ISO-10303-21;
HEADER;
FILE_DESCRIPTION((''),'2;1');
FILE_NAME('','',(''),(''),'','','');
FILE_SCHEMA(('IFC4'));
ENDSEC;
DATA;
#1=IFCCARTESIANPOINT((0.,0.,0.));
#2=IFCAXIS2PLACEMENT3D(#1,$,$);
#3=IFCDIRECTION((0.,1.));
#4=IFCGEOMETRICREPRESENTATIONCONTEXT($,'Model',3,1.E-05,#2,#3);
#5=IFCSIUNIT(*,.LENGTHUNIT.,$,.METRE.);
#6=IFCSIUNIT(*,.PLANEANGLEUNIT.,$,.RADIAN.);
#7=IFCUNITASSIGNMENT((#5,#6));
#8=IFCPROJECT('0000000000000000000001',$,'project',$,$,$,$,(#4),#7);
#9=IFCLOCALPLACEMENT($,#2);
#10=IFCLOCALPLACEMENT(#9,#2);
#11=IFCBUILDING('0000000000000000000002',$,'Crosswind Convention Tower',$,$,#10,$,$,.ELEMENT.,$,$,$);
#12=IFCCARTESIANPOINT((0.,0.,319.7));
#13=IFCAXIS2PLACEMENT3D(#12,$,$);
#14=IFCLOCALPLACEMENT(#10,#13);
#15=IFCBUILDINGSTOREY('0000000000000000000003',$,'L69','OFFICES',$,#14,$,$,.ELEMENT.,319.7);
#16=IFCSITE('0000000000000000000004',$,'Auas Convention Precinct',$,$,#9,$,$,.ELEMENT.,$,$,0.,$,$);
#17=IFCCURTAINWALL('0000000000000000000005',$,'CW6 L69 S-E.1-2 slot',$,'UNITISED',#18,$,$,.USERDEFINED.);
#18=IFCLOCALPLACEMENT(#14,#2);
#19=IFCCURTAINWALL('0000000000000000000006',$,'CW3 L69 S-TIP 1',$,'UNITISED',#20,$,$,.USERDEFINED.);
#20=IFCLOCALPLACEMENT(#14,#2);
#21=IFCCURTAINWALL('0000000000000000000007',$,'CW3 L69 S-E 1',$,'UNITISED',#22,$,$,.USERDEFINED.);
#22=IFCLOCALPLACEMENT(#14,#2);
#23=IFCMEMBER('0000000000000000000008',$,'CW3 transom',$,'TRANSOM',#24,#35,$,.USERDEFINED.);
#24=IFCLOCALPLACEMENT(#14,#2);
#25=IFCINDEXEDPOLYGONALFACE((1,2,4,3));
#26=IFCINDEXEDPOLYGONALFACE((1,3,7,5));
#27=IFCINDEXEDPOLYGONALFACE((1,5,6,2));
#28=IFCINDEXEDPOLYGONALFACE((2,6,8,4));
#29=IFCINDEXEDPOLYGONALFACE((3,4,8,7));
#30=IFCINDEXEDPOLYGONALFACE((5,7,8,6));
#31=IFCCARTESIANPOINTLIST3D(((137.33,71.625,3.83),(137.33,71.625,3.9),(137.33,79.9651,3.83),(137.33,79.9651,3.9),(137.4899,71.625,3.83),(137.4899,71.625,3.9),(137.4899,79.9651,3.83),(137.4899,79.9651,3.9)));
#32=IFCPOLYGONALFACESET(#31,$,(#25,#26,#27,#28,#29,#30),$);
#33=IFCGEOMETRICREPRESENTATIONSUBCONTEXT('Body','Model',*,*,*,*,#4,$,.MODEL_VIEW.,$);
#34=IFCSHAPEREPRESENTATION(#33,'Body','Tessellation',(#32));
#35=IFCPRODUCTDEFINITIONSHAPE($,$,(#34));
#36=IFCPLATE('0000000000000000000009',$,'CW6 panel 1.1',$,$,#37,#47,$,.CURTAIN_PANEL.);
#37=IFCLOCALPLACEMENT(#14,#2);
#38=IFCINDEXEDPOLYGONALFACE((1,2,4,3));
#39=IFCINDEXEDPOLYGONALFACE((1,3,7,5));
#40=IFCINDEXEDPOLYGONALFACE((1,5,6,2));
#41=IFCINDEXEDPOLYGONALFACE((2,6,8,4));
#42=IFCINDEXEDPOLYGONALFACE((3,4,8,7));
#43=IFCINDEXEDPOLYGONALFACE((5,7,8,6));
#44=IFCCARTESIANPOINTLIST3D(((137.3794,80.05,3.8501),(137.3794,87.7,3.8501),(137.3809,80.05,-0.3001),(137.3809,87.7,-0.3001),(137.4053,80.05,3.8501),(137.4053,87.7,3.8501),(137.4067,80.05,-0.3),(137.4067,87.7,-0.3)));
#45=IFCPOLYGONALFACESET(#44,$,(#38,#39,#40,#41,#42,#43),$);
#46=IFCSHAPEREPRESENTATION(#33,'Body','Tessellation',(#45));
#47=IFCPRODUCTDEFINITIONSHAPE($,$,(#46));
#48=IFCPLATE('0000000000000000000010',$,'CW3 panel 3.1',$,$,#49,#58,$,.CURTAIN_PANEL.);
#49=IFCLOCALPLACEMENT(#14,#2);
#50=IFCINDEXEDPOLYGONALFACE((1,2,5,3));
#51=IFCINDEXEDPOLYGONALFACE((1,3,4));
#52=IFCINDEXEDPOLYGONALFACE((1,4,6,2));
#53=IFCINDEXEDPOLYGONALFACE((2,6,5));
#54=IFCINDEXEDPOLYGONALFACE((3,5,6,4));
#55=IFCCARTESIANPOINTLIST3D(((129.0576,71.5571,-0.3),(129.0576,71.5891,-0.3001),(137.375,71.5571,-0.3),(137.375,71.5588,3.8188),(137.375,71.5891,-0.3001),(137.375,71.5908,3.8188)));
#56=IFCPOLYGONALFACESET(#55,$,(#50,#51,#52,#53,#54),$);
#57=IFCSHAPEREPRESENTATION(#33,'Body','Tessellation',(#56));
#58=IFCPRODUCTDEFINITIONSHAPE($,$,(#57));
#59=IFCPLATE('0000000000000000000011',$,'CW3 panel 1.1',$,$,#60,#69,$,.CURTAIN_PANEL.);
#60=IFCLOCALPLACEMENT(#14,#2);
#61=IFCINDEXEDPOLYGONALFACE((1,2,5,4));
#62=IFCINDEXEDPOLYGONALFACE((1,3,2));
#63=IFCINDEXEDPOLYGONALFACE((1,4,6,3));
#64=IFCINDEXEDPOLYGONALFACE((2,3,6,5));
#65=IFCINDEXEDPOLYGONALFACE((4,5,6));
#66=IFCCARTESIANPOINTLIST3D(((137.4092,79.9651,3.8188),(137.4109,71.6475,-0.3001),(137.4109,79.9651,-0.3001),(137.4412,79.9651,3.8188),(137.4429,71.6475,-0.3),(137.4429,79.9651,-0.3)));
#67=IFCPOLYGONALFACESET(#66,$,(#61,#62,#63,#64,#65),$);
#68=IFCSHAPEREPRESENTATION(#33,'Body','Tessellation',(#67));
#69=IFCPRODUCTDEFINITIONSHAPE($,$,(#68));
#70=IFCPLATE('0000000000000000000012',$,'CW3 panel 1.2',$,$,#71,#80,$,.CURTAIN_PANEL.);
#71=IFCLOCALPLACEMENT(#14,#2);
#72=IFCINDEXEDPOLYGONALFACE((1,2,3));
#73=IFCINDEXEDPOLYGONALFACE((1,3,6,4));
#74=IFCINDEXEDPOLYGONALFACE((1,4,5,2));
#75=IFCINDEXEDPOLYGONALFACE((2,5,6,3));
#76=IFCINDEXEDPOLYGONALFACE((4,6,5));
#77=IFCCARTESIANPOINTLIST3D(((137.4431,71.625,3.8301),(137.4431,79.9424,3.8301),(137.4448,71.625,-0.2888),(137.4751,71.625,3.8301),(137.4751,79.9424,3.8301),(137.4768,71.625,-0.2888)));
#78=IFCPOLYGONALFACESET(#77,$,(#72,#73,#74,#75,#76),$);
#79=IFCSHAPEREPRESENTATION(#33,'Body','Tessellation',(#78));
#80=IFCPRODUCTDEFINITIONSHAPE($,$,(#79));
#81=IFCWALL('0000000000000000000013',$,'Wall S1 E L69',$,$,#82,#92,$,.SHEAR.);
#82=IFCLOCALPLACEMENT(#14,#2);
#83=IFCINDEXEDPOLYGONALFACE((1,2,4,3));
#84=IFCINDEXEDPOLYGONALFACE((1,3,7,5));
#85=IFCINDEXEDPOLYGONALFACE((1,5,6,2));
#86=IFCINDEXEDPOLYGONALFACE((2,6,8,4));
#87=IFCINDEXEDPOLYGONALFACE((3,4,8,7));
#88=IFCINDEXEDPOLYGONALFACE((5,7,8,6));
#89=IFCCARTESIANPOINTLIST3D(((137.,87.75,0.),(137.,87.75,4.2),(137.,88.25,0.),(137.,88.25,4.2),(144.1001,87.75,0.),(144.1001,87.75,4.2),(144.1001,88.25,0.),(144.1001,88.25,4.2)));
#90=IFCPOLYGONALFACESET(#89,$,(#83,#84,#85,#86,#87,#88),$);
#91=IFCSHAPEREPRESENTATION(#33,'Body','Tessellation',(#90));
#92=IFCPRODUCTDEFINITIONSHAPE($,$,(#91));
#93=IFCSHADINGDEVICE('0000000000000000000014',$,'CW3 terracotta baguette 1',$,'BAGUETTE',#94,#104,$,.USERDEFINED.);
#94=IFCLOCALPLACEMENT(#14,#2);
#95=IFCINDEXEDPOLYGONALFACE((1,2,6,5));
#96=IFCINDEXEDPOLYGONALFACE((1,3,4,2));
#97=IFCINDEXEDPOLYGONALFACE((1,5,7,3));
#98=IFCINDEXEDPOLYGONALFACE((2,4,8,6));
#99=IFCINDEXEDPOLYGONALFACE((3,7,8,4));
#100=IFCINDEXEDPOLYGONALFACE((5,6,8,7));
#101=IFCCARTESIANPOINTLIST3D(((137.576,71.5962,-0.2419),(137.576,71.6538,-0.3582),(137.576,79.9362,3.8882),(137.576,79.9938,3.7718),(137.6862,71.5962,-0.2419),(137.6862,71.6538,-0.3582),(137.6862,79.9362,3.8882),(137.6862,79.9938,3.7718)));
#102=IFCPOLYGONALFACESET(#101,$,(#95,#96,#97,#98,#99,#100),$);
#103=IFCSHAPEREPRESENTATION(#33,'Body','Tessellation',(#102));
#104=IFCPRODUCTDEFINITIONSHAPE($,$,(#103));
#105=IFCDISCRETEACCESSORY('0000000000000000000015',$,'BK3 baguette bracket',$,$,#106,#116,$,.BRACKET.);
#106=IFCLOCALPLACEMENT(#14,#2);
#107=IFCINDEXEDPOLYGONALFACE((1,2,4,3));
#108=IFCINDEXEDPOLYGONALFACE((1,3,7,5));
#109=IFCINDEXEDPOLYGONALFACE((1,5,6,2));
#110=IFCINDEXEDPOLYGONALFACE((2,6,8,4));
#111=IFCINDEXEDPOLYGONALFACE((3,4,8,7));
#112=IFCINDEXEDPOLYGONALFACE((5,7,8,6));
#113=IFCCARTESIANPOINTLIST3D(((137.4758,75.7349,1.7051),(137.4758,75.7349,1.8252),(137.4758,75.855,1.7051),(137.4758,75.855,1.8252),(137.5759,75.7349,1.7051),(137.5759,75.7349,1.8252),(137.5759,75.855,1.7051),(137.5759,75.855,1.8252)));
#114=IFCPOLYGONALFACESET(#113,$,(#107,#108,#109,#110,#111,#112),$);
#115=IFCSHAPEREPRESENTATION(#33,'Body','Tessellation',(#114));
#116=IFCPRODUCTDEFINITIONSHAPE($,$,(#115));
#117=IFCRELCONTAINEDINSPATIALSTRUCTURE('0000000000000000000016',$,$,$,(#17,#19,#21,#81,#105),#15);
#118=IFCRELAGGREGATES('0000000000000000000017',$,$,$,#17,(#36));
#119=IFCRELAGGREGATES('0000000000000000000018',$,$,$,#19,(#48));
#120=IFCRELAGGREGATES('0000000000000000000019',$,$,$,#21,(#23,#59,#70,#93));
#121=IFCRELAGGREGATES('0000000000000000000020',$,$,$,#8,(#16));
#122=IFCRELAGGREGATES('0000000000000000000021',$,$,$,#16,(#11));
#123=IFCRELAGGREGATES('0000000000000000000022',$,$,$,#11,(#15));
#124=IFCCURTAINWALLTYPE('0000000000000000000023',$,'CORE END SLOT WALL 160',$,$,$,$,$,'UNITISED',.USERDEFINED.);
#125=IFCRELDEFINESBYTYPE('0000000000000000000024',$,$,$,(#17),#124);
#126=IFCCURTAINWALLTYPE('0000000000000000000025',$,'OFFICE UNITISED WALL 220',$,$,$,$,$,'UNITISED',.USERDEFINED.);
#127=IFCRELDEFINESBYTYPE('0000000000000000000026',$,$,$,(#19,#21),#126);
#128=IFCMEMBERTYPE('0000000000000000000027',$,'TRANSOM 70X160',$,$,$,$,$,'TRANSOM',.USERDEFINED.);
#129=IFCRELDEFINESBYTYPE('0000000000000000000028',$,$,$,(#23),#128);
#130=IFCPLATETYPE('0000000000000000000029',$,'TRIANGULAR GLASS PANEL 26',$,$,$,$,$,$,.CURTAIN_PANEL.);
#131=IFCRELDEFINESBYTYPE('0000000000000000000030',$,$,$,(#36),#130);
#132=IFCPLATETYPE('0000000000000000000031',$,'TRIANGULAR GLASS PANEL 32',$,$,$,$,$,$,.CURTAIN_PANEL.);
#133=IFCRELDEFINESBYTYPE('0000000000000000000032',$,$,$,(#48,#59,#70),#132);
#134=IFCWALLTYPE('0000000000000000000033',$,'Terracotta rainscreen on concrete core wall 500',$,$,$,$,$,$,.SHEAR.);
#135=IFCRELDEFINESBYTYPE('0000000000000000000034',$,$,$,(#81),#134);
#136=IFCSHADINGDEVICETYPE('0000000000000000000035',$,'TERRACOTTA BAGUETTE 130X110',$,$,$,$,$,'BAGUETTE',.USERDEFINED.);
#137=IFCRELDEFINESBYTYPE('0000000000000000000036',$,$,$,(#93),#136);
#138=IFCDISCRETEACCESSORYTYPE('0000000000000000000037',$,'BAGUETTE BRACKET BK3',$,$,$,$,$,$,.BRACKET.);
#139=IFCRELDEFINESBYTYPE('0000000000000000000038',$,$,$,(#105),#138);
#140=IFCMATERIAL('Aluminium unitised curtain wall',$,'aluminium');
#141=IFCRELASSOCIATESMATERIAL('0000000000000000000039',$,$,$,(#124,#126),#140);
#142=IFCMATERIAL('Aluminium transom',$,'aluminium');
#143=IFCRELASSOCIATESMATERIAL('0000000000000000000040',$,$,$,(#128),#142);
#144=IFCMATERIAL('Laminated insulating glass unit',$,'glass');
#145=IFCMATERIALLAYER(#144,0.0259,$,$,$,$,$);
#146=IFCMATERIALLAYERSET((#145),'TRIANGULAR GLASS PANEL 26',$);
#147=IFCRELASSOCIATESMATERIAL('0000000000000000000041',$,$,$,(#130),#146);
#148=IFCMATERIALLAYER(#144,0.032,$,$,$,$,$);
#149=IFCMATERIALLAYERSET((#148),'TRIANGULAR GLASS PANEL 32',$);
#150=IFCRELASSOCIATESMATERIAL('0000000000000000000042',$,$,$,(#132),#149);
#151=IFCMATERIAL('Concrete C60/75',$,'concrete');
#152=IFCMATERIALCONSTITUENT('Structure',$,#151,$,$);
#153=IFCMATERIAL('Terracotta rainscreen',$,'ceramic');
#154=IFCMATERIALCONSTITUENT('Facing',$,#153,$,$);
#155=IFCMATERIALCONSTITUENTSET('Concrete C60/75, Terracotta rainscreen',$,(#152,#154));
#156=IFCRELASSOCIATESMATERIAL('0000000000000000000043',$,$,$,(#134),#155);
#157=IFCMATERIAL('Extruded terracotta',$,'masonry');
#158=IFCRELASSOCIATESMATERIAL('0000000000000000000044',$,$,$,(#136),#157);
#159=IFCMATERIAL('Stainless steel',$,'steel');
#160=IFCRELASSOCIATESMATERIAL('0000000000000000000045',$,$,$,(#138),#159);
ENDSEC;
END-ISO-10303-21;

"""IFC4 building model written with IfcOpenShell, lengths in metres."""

from ifc_helpers import new_model, si_unit, direction, frame, frame_2d, origin, origin_2d, place, context, subcontext, project, spatial, polyline, rectangle, outline, extrude, material, layer, layer_set, constituent, constituent_set, material_profile, profile_set, type_object, element, aggregate, save


model = new_model("IFC4")

# Units and contexts
model_context = context("Model", 3, precision=1e-05, world=origin(), true_north=direction((0.0, 1.0)))
body_context = subcontext(model_context, "Body", "Model", "MODEL_VIEW")
ifc_project = project(units=[si_unit("LENGTHUNIT", "METRE"), si_unit("PLANEANGLEUNIT", "RADIAN")], contexts=[model_context])

# Site, building, storey
site_placement = place(None, origin())
site = spatial("IfcSite", under=ifc_project, at=site_placement, Name="Auas Convention Precinct", CompositionType="ELEMENT", RefElevation=0.0)
building_placement = place(site_placement, origin())
building = spatial("IfcBuilding", under=site, at=building_placement, Name="Crosswind Convention Tower", CompositionType="ELEMENT")
storey_placement = place(building_placement, frame((0.0, 0.0, 319.7)))
storey = spatial("IfcBuildingStorey", under=building, at=storey_placement, Name="L69", Description="OFFICES", CompositionType="ELEMENT", Elevation=319.7)

# Shared definitions
ifc_material_1 = material(Name="Concrete C60/75", Category="concrete")

# Curtain wall
ifc_material_2 = material(Name="Aluminium unitised curtain wall", Category="aluminium")
curtain_wall_type_1 = type_object("IfcCurtainWallType", Name="CORE END SLOT WALL 160", ElementType="UNITISED", PredefinedType="USERDEFINED", material=ifc_material_2)
curtain_wall_1_placement = place(storey_placement, origin())
curtain_wall_1 = element("IfcCurtainWall", 1, at=curtain_wall_1_placement, inside=storey, type_object=curtain_wall_type_1, Name="CW6 L69 S-E.1-2 slot", ObjectType="UNITISED", PredefinedType="USERDEFINED")

# Curtain walls
curtain_wall_type_2 = type_object("IfcCurtainWallType", Name="OFFICE UNITISED WALL 220", ElementType="UNITISED", PredefinedType="USERDEFINED", material=ifc_material_2)
curtain_wall_2_placement = place(storey_placement, origin())
curtain_wall_2 = element("IfcCurtainWall", 2, at=curtain_wall_2_placement, inside=storey, type_object=curtain_wall_type_2, Name="CW3 L69 S-TIP 1", ObjectType="UNITISED", PredefinedType="USERDEFINED")
curtain_wall_3_placement = place(storey_placement, origin())
curtain_wall_3 = element("IfcCurtainWall", 3, at=curtain_wall_3_placement, inside=storey, type_object=curtain_wall_type_2, Name="CW3 L69 S-E 1", ObjectType="UNITISED", PredefinedType="USERDEFINED")

# Member
ifc_material_3 = material(Name="Aluminium transom", Category="aluminium")
ifc_material_profile_1 = material_profile(ifc_material_3, rectangle(XDim=0.1599, YDim=0.0701, at=origin_2d()), Name="AL 160X70")
ifc_profile_set_1 = profile_set([ifc_material_profile_1], Name="Aluminium transom")
member_type_1 = type_object("IfcMemberType", Name="TRANSOM 70X160", ElementType="TRANSOM", PredefinedType="USERDEFINED", material=ifc_profile_set_1)
member_1_placement = place(storey_placement, frame((137.4099, 71.625, 3.865), z_axis=(0.0, 1.0, 0.0), x_axis=(-1.0, 0.0, 0.0)))
member_1 = element("IfcMember", 4, at=member_1_placement, type_object=member_type_1, Name="CW3 transom", ObjectType="TRANSOM", PredefinedType="USERDEFINED", context=body_context, shape_type="SweptSolid", body=[
    extrude(rectangle(XDim=0.1599, YDim=0.0701, at=origin_2d()), origin(), (0.0, 0.0, 1.0), 8.3401),
])

# Plates
ifc_material_4 = material(Name="Laminated insulating glass unit", Category="glass")
ifc_layer_1 = layer(ifc_material_4, 0.0259)
ifc_layer_set_1 = layer_set([ifc_layer_1], Name="TRIANGULAR GLASS PANEL 26")
plate_type_1 = type_object("IfcPlateType", Name="TRIANGULAR GLASS PANEL 26", PredefinedType="CURTAIN_PANEL", material=ifc_layer_set_1)
plate_1_placement = place(storey_placement, frame((137.4067, 80.05, -0.3), z_axis=(1.0, 0.0, 0.000353), x_axis=(0.0, 1.0, 0.0)))
plate_1 = element("IfcPlate", 5, at=plate_1_placement, type_object=plate_type_1, Name="CW6 panel 1.1", PredefinedType="CURTAIN_PANEL", context=body_context, shape_type="SweptSolid", body=[
    extrude(outline(polyline([(0.0, 0.0), (7.6499, 0.0), (7.6499, 4.1501), (0.0, 4.1501), (0.0, 0.0)])), origin(), (0.0, 0.0, -1.0), 0.0259),
])
aggregate(curtain_wall_1, [plate_1])
ifc_layer_2 = layer(ifc_material_4, 0.032)
ifc_layer_set_2 = layer_set([ifc_layer_2], Name="TRIANGULAR GLASS PANEL 32")
plate_type_2 = type_object("IfcPlateType", Name="TRIANGULAR GLASS PANEL 32", PredefinedType="CURTAIN_PANEL", material=ifc_layer_set_2)
plate_2_placement = place(storey_placement, frame((137.375, 71.5571, -0.3), z_axis=(0.0, -1.0, 0.000415), x_axis=(0.0, 0.000415, 1.0)))
plate_2 = element("IfcPlate", 6, at=plate_2_placement, type_object=plate_type_2, Name="CW3 panel 3.1", PredefinedType="CURTAIN_PANEL", context=body_context, shape_type="SweptSolid", body=[
    extrude(outline(polyline([(0.0, 0.0), (4.1189, 0.0), (0.0, 8.3174), (0.0, 0.0)])), origin(), (0.0, 0.0, -1.0), 0.032),
])
aggregate(curtain_wall_2, [plate_2])
plate_3_placement = place(storey_placement, frame((137.4429, 79.9651, -0.3), z_axis=(1.0, 0.0, 0.000415), x_axis=(-0.000415, 0.0, 1.0)))
plate_3 = element("IfcPlate", 7, at=plate_3_placement, type_object=plate_type_2, Name="CW3 panel 1.1", PredefinedType="CURTAIN_PANEL", context=body_context, shape_type="SweptSolid", body=[
    extrude(outline(polyline([(0.0, 0.0), (4.1189, 0.0), (0.0, 8.3176), (0.0, 0.0)])), origin(), (0.0, 0.0, -1.0), 0.032),
])
plate_4_placement = place(storey_placement, frame((137.4751, 71.625, 3.8301), z_axis=(1.0, 0.0, 0.000415), x_axis=(0.000415, 0.0, -1.0)))
plate_4 = element("IfcPlate", 8, at=plate_4_placement, type_object=plate_type_2, Name="CW3 panel 1.2", PredefinedType="CURTAIN_PANEL", context=body_context, shape_type="SweptSolid", body=[
    extrude(outline(polyline([(0.0, 0.0), (4.1189, 0.0), (0.0, 8.3174), (0.0, 0.0)])), origin(), (0.0, 0.0, -1.0), 0.032),
])

# Wall
ifc_constituent_1 = constituent(ifc_material_1, Name="Structure")
ifc_material_5 = material(Name="Terracotta rainscreen", Category="ceramic")
ifc_constituent_2 = constituent(ifc_material_5, Name="Facing")
ifc_constituent_set = constituent_set(constituents=[ifc_constituent_1, ifc_constituent_2], Name="Concrete C60/75, Terracotta rainscreen")
wall_type = type_object("IfcWallType", Name="Terracotta rainscreen on concrete core wall 500", PredefinedType="SHEAR", material=ifc_constituent_set)
wall_placement = place(storey_placement, frame((137.0, 88.0, 0.0), z_axis=(0.0, 0.0, 1.0), x_axis=(1.0, 0.0, 0.0)))
element("IfcWall", 9, at=wall_placement, inside=storey, type_object=wall_type, Name="Wall S1 E L69", PredefinedType="SHEAR", context=body_context, shape_type="SweptSolid", body=[
    extrude(rectangle(XDim=7.1001, YDim=0.5, at=frame_2d((3.55, 0.0))), origin(), (0.0, 0.0, 1.0), 4.2),
])

# Shading device
ifc_material_6 = material(Name="Extruded terracotta", Category="masonry")
ifc_material_profile_2 = material_profile(ifc_material_6, rectangle(XDim=0.1101, YDim=0.1299, at=origin_2d()), Name="TC 110X130")
ifc_profile_set_2 = profile_set([ifc_material_profile_2], Name="Extruded terracotta")
shading_device_type = type_object("IfcShadingDeviceType", Name="TERRACOTTA BAGUETTE 130X110", ElementType="BAGUETTE", PredefinedType="USERDEFINED", material=ifc_profile_set_2)
shading_device_placement = place(storey_placement, frame((137.6311, 71.625, -0.3), z_axis=(0.0, 0.896136, 0.443779), x_axis=(-1.0, 0.0, 0.0)))
shading_device = element("IfcShadingDevice", 10, at=shading_device_placement, type_object=shading_device_type, Name="CW3 terracotta baguette 1", ObjectType="BAGUETTE", PredefinedType="USERDEFINED", context=body_context, shape_type="SweptSolid", body=[
    extrude(rectangle(XDim=0.1101, YDim=0.1299, at=origin_2d()), origin(), (0.0, 0.0, 1.0), 9.3066),
])
aggregate(curtain_wall_3, [member_1, plate_3, plate_4, shading_device])

# Discrete accessory
ifc_material_7 = material(Name="Stainless steel", Category="steel")
discrete_accessory_type = type_object("IfcDiscreteAccessoryType", Name="BAGUETTE BRACKET BK3", PredefinedType="BRACKET", material=ifc_material_7)
discrete_accessory_placement = place(storey_placement, frame((137.5259, 75.7949, 1.7051), z_axis=(0.0, 0.0, 1.0), x_axis=(0.0, 1.0, 0.0)))
element("IfcDiscreteAccessory", 11, at=discrete_accessory_placement, inside=storey, type_object=discrete_accessory_type, Name="BK3 baguette bracket", PredefinedType="BRACKET", context=body_context, shape_type="SweptSolid", body=[
    extrude(rectangle(XDim=0.1201, YDim=0.1001, at=origin_2d()), origin(), (0.0, 0.0, 1.0), 0.1201),
])

save(model, "model.ifc")
